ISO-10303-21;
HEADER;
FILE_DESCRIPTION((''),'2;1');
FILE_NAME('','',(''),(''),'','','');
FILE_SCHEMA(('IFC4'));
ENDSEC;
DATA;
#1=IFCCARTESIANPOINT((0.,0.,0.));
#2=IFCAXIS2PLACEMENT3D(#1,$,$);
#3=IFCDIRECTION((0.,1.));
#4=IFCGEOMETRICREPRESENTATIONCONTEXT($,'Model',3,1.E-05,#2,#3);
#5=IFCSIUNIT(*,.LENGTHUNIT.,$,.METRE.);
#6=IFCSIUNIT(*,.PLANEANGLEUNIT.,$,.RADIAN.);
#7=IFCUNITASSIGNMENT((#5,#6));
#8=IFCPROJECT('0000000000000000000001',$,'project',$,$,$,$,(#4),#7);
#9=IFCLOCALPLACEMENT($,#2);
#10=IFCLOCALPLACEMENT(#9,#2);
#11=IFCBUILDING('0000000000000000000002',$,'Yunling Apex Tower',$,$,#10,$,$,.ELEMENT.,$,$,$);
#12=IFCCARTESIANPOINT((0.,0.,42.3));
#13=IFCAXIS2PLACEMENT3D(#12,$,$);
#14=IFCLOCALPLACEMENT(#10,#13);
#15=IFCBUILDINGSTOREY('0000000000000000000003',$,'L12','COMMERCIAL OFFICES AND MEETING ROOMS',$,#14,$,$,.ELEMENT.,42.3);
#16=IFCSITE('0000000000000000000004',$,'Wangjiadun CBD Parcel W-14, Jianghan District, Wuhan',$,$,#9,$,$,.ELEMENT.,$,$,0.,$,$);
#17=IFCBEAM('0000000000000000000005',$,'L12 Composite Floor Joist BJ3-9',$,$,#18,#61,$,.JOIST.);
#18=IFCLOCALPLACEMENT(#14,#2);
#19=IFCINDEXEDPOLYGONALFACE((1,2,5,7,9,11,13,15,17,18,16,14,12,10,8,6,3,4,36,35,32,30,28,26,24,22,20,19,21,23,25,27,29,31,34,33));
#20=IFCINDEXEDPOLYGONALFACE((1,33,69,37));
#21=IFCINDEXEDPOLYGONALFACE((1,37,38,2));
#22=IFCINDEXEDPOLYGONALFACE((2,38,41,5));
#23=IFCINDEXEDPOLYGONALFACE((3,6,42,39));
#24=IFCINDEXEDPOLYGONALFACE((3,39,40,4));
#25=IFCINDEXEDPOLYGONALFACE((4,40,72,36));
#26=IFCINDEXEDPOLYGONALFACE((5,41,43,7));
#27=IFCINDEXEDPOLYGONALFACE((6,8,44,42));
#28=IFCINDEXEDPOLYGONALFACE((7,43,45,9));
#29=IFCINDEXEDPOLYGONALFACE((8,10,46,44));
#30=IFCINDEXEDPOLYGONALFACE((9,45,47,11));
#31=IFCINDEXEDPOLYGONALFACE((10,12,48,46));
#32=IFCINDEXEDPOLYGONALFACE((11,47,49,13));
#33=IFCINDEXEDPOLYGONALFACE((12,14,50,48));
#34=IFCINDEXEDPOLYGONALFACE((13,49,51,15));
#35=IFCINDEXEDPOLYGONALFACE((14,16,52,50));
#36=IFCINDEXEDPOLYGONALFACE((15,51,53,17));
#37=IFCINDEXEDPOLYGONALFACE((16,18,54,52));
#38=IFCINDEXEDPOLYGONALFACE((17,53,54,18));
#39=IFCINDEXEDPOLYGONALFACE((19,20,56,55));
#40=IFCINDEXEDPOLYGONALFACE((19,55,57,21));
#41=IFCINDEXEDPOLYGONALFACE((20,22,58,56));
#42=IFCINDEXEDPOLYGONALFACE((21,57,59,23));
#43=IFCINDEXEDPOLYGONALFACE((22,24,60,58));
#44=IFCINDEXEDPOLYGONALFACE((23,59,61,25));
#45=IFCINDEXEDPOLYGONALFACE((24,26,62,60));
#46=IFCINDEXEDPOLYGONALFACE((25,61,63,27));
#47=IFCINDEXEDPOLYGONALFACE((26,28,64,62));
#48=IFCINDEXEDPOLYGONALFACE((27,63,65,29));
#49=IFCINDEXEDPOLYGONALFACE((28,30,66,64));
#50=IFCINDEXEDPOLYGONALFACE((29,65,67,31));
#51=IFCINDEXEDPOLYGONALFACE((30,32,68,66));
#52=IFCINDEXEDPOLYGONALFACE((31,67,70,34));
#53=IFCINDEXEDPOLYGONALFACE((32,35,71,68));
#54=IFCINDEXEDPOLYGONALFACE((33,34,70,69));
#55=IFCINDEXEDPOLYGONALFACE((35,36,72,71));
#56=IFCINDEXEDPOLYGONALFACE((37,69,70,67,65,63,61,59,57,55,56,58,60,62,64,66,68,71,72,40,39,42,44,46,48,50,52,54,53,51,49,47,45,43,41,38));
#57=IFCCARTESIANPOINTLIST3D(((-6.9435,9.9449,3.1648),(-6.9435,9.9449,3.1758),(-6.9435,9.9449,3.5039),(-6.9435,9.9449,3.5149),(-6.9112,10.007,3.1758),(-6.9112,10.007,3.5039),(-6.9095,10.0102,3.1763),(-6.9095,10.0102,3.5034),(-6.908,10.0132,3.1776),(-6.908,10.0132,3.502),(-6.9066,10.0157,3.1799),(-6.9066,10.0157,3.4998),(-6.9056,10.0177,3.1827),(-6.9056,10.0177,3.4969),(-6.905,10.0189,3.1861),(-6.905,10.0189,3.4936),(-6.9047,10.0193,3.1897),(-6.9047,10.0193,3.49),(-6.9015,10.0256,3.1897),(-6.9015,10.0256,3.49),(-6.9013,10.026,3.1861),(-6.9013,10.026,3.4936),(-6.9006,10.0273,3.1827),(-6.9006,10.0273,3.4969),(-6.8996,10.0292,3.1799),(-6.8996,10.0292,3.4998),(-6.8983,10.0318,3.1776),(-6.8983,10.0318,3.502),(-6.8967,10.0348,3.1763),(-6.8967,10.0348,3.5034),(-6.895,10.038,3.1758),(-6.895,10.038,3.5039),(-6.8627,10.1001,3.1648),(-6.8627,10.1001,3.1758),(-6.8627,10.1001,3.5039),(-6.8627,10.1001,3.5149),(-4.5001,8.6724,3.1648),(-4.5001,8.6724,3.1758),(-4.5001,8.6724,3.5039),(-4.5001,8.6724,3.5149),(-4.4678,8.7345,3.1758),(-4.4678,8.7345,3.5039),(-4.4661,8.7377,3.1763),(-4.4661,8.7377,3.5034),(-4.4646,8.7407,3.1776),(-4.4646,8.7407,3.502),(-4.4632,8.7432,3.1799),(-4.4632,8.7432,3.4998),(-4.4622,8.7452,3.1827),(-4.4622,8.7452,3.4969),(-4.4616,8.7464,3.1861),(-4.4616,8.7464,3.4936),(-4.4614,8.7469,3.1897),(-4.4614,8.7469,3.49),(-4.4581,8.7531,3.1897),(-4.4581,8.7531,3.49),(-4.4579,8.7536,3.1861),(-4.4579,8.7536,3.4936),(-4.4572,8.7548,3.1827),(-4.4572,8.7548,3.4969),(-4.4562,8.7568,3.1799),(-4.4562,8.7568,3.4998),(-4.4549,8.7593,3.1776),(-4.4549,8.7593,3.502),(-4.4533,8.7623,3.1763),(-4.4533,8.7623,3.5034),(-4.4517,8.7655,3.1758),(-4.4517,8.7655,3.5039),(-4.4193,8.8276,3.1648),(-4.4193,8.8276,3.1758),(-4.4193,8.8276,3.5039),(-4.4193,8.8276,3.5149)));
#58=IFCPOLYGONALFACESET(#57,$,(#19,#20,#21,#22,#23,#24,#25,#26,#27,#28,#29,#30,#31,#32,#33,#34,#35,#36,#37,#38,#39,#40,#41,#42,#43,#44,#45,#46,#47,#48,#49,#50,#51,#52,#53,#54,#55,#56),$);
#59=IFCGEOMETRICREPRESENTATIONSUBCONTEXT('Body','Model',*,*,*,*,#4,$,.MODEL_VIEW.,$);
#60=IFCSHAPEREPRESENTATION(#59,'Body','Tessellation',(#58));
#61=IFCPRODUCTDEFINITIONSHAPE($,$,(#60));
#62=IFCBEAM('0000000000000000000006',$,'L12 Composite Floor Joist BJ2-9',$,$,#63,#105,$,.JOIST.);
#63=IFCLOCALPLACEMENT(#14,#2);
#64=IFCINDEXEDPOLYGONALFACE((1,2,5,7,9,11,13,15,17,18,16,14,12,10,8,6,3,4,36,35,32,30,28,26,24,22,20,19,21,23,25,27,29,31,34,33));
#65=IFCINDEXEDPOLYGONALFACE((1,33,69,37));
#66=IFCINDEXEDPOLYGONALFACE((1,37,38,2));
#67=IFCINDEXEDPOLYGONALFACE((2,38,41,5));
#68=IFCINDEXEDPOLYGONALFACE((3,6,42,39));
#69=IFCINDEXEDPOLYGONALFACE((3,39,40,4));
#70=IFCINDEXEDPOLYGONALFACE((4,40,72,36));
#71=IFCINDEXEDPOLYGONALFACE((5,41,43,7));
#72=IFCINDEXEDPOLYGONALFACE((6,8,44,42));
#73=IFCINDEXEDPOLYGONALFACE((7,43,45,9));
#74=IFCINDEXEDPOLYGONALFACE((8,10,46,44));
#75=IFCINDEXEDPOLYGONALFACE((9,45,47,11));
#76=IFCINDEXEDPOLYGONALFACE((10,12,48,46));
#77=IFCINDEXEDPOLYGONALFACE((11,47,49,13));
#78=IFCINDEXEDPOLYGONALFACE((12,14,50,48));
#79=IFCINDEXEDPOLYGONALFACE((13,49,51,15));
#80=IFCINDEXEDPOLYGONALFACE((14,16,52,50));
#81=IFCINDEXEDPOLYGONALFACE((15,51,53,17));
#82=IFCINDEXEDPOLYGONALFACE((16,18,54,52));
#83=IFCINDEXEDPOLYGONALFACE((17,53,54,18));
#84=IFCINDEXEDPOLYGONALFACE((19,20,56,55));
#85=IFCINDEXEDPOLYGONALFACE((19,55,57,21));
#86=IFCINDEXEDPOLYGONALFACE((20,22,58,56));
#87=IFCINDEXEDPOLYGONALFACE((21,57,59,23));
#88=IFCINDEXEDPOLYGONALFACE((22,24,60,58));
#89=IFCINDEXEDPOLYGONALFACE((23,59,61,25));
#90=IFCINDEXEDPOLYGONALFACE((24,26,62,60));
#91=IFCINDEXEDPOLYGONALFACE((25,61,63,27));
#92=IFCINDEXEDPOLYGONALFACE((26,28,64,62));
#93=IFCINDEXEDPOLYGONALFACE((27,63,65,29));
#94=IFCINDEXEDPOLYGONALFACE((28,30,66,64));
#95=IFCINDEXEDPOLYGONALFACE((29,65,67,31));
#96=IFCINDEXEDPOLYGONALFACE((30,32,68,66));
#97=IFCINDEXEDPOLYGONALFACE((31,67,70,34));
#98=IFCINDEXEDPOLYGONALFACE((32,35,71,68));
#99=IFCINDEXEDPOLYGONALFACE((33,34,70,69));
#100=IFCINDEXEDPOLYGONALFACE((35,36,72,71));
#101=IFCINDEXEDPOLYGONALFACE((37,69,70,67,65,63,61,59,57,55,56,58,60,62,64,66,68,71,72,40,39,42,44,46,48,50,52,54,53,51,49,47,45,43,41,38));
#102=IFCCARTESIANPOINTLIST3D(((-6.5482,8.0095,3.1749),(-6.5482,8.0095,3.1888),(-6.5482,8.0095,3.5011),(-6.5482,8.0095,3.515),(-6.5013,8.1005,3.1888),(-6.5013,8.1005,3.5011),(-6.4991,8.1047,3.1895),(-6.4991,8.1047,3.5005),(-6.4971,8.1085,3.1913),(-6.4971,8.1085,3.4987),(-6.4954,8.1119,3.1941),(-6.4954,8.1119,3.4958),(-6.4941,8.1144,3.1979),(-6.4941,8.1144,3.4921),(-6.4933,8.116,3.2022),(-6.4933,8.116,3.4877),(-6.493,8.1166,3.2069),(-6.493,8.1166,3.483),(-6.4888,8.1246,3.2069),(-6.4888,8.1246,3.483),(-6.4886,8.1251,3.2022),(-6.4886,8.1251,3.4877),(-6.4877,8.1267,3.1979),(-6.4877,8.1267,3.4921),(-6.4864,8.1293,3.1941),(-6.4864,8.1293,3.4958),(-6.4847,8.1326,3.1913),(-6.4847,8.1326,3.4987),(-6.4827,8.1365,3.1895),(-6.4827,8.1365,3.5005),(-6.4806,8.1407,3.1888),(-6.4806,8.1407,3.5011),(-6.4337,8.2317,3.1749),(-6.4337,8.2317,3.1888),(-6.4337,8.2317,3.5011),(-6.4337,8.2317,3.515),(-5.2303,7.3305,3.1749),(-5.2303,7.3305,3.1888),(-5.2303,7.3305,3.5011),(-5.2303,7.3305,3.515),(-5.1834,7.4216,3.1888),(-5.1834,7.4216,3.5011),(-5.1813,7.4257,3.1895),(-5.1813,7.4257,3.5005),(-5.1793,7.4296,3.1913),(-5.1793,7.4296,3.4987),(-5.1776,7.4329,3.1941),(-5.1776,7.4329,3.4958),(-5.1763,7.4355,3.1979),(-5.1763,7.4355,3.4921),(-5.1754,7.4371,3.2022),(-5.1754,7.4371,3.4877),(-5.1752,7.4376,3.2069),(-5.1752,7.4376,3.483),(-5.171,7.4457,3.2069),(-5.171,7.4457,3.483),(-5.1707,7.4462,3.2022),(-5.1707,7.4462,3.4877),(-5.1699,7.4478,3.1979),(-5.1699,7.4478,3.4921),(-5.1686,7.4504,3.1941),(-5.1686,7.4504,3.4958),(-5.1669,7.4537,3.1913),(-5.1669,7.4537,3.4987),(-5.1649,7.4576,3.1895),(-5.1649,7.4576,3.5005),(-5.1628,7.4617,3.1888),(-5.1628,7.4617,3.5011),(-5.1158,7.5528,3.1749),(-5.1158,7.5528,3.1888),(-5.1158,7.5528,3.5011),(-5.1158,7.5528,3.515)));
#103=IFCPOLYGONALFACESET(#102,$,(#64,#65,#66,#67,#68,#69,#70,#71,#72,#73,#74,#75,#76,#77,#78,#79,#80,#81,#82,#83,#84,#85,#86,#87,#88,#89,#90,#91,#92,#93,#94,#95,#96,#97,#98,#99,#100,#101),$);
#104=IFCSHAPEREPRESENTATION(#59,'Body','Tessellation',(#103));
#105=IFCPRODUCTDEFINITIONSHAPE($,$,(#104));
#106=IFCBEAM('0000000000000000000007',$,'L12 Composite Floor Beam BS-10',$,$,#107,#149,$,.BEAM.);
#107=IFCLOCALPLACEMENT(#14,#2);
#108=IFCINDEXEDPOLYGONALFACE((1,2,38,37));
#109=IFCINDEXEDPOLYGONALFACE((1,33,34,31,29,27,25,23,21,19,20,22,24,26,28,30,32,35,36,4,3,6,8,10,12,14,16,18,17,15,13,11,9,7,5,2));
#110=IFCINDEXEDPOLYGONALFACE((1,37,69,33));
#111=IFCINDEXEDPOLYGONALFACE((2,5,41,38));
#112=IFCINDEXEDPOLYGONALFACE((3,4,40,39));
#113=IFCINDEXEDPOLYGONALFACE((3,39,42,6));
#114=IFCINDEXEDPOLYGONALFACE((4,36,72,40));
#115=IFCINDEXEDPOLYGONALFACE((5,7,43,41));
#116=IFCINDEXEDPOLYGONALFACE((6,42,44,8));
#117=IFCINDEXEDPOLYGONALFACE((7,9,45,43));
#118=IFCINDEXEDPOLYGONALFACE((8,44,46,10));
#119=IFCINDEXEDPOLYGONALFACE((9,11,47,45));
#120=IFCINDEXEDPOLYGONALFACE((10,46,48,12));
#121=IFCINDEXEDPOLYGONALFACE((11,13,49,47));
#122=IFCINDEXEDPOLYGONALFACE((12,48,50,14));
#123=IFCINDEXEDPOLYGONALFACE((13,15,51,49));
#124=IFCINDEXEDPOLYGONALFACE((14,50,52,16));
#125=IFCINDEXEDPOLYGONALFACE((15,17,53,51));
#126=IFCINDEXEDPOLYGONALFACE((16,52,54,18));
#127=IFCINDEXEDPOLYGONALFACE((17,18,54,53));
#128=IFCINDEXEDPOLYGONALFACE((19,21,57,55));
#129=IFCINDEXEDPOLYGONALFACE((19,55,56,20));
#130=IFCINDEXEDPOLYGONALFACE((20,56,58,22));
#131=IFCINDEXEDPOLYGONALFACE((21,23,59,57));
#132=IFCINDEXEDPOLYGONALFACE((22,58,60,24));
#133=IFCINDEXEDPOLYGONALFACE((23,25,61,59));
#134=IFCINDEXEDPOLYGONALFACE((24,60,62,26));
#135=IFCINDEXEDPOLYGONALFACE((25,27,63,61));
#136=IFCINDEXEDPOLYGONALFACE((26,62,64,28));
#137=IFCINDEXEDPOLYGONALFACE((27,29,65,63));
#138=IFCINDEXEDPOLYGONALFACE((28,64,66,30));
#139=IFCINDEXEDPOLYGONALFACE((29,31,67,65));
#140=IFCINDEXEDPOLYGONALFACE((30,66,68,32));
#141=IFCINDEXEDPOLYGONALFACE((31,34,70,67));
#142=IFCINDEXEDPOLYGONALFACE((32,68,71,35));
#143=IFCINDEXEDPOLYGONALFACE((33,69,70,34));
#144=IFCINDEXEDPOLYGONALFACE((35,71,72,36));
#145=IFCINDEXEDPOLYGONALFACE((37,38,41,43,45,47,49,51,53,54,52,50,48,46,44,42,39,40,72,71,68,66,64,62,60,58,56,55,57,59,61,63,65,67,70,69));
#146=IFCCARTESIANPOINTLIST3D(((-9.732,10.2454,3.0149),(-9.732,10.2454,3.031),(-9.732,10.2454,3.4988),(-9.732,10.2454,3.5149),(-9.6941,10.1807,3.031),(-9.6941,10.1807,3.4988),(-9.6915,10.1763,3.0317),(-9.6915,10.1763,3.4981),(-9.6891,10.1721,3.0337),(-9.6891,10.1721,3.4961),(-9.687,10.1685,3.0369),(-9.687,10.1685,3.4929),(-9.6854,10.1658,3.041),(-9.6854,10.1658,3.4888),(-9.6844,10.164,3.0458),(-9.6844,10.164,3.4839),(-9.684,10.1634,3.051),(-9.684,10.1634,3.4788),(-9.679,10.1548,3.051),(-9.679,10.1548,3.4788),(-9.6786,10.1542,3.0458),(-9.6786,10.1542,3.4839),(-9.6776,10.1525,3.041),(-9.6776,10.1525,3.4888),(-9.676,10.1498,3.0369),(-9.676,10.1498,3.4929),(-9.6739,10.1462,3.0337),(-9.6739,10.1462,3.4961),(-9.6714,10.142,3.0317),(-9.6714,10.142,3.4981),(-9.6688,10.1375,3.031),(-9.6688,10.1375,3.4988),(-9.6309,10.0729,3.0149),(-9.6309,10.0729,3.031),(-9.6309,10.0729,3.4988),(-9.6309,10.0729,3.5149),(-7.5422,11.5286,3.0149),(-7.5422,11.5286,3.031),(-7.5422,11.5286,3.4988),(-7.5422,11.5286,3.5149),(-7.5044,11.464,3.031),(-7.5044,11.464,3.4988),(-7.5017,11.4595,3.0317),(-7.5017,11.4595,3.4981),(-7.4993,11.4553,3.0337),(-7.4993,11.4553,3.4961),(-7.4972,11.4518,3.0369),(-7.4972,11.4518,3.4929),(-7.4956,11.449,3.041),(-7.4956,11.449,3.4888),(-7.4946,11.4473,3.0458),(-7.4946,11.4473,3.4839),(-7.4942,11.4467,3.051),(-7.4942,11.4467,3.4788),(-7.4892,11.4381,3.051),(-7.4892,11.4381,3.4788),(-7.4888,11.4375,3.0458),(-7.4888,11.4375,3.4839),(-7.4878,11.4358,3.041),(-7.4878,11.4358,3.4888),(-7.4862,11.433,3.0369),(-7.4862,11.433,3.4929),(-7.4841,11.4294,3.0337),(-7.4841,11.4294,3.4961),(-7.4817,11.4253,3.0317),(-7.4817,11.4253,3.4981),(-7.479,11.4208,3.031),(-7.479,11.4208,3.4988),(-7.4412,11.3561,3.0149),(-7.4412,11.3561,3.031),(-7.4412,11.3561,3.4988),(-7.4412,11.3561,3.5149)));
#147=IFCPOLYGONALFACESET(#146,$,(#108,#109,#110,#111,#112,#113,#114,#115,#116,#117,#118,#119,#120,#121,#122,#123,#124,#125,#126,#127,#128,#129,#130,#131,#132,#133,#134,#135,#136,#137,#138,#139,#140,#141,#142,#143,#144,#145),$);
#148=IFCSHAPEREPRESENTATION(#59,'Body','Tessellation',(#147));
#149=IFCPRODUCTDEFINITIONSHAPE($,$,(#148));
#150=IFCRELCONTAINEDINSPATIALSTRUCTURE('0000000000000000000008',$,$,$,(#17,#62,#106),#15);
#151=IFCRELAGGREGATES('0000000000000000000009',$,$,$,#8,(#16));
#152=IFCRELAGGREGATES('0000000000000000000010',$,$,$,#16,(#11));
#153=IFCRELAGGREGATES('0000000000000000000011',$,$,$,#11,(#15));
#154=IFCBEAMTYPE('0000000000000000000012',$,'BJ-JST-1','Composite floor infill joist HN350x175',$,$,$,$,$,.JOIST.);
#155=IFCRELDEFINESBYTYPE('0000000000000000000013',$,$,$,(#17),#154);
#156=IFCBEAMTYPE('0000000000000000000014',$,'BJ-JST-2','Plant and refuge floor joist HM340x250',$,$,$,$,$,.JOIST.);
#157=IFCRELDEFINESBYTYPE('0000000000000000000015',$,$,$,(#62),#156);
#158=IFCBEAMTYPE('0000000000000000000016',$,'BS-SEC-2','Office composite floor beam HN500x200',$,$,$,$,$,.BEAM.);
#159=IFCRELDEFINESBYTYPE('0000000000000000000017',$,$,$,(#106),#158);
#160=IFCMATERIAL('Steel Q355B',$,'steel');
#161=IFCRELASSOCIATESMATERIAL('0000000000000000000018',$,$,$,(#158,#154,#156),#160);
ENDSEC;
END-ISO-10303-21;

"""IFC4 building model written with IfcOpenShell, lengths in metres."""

from ifc_helpers import new_model, si_unit, direction, frame, origin, origin_2d, place, context, subcontext, project, spatial, i_section, extrude, source, transform, mapped, material, material_profile, profile_set, type_object, element, save


model = new_model("IFC4")

# Units and contexts
model_context = context("Model", 3, precision=1e-05, world=origin(), true_north=direction((0.0, 1.0)))
body_context = subcontext(model_context, "Body", "Model", "MODEL_VIEW")
ifc_project = project(units=[si_unit("LENGTHUNIT", "METRE"), si_unit("PLANEANGLEUNIT", "RADIAN")], contexts=[model_context])

# Site, building, storey
site_placement = place(None, origin())
site = spatial("IfcSite", under=ifc_project, at=site_placement, Name="Wangjiadun CBD Parcel W-14, Jianghan District, Wuhan", CompositionType="ELEMENT", RefElevation=0.0)
building_placement = place(site_placement, origin())
building = spatial("IfcBuilding", under=site, at=building_placement, Name="Yunling Apex Tower", CompositionType="ELEMENT")
storey_placement = place(building_placement, frame((0.0, 0.0, 42.3)))
storey = spatial("IfcBuildingStorey", under=building, at=storey_placement, Name="L12", Description="COMMERCIAL OFFICES AND MEETING ROOMS", CompositionType="ELEMENT", Elevation=42.3)

# Beams
ifc_material_1 = material(Name="Steel Q355B", Category="steel")
ifc_material_profile_1 = material_profile(ifc_material_1, i_section(OverallWidth=0.2, OverallDepth=0.5, WebThickness=0.01, FlangeThickness=0.0161, FilletRadius=0.02, at=origin_2d()))
ifc_profile_set_1 = profile_set([ifc_material_profile_1], Name="Steel Q355B")
beam_type_1 = type_object("IfcBeamType", Name="BS-SEC-2", Description="Office composite floor beam HN500x200", PredefinedType="BEAM", material=ifc_profile_set_1)
ifc_material_profile_2 = material_profile(ifc_material_1, i_section(OverallWidth=0.175, OverallDepth=0.3501, WebThickness=0.0071, FlangeThickness=0.011, FilletRadius=0.0139, at=origin_2d()))
ifc_profile_set_2 = profile_set([ifc_material_profile_2], Name="Steel Q355B")
beam_type_2 = type_object("IfcBeamType", Name="BJ-JST-1", Description="Composite floor infill joist HN350x175", PredefinedType="JOIST", material=ifc_profile_set_2)
shared_shape_1 = source(origin(), body_context, "Body", "SweptSolid", [
    extrude(i_section(OverallWidth=0.175, OverallDepth=0.3501, WebThickness=0.0071, FlangeThickness=0.011, FilletRadius=0.0139, at=origin_2d()), origin(), (0.0, 0.0, 1.0), 2.7549),
])
beam_1_placement = place(storey_placement, frame((-4.4597, 8.75, 3.3398), z_axis=(-0.886932, 0.4619, 0.0), x_axis=(-0.4619, -0.886932, 0.0)))
element("IfcBeam", 1, at=beam_1_placement, inside=storey, type_object=beam_type_2, Name="L12 Composite Floor Joist BJ3-9", PredefinedType="JOIST", context=body_context, shape_type="MappedRepresentation", body=[
    mapped(shared_shape_1, transform((0.0, 0.0, 0.0), scale=1.0)),
])
ifc_material_profile_3 = material_profile(ifc_material_1, i_section(OverallWidth=0.25, OverallDepth=0.3401, WebThickness=0.009, FlangeThickness=0.0139, FilletRadius=0.0181, at=origin_2d()))
ifc_profile_set_3 = profile_set([ifc_material_profile_3], Name="Steel Q355B")
beam_type_3 = type_object("IfcBeamType", Name="BJ-JST-2", Description="Plant and refuge floor joist HM340x250", PredefinedType="JOIST", material=ifc_profile_set_3)
shared_shape_2 = source(origin(), body_context, "Body", "SweptSolid", [
    extrude(i_section(OverallWidth=0.25, OverallDepth=0.3401, WebThickness=0.009, FlangeThickness=0.0139, FilletRadius=0.0181, at=origin_2d()), origin(), (0.0, 0.0, 1.0), 1.4824),
])
beam_2_placement = place(storey_placement, frame((-5.1731, 7.4417, 3.345), z_axis=(-0.88896, 0.457984, 0.0), x_axis=(-0.457984, -0.88896, 0.0)))
element("IfcBeam", 2, at=beam_2_placement, inside=storey, type_object=beam_type_3, Name="L12 Composite Floor Joist BJ2-9", PredefinedType="JOIST", context=body_context, shape_type="MappedRepresentation", body=[
    mapped(shared_shape_2, transform((0.0, 0.0, 0.0), scale=1.0)),
])
shared_shape_3 = source(origin(), body_context, "Body", "SweptSolid", [
    extrude(i_section(OverallWidth=0.2, OverallDepth=0.5, WebThickness=0.01, FlangeThickness=0.0161, FilletRadius=0.02, at=origin_2d()), origin(), (0.0, 0.0, 1.0), 2.5381),
])
beam_3_placement = place(storey_placement, frame((-7.4917, 11.4424, 3.2649), z_axis=(-0.862769, -0.505599, 0.0), x_axis=(0.505599, -0.862769, 0.0)))
element("IfcBeam", 3, at=beam_3_placement, inside=storey, type_object=beam_type_1, Name="L12 Composite Floor Beam BS-10", PredefinedType="BEAM", context=body_context, shape_type="MappedRepresentation", body=[
    mapped(shared_shape_3, transform((0.0, 0.0, 0.0), scale=1.0)),
])

save(model, "model.ifc")
